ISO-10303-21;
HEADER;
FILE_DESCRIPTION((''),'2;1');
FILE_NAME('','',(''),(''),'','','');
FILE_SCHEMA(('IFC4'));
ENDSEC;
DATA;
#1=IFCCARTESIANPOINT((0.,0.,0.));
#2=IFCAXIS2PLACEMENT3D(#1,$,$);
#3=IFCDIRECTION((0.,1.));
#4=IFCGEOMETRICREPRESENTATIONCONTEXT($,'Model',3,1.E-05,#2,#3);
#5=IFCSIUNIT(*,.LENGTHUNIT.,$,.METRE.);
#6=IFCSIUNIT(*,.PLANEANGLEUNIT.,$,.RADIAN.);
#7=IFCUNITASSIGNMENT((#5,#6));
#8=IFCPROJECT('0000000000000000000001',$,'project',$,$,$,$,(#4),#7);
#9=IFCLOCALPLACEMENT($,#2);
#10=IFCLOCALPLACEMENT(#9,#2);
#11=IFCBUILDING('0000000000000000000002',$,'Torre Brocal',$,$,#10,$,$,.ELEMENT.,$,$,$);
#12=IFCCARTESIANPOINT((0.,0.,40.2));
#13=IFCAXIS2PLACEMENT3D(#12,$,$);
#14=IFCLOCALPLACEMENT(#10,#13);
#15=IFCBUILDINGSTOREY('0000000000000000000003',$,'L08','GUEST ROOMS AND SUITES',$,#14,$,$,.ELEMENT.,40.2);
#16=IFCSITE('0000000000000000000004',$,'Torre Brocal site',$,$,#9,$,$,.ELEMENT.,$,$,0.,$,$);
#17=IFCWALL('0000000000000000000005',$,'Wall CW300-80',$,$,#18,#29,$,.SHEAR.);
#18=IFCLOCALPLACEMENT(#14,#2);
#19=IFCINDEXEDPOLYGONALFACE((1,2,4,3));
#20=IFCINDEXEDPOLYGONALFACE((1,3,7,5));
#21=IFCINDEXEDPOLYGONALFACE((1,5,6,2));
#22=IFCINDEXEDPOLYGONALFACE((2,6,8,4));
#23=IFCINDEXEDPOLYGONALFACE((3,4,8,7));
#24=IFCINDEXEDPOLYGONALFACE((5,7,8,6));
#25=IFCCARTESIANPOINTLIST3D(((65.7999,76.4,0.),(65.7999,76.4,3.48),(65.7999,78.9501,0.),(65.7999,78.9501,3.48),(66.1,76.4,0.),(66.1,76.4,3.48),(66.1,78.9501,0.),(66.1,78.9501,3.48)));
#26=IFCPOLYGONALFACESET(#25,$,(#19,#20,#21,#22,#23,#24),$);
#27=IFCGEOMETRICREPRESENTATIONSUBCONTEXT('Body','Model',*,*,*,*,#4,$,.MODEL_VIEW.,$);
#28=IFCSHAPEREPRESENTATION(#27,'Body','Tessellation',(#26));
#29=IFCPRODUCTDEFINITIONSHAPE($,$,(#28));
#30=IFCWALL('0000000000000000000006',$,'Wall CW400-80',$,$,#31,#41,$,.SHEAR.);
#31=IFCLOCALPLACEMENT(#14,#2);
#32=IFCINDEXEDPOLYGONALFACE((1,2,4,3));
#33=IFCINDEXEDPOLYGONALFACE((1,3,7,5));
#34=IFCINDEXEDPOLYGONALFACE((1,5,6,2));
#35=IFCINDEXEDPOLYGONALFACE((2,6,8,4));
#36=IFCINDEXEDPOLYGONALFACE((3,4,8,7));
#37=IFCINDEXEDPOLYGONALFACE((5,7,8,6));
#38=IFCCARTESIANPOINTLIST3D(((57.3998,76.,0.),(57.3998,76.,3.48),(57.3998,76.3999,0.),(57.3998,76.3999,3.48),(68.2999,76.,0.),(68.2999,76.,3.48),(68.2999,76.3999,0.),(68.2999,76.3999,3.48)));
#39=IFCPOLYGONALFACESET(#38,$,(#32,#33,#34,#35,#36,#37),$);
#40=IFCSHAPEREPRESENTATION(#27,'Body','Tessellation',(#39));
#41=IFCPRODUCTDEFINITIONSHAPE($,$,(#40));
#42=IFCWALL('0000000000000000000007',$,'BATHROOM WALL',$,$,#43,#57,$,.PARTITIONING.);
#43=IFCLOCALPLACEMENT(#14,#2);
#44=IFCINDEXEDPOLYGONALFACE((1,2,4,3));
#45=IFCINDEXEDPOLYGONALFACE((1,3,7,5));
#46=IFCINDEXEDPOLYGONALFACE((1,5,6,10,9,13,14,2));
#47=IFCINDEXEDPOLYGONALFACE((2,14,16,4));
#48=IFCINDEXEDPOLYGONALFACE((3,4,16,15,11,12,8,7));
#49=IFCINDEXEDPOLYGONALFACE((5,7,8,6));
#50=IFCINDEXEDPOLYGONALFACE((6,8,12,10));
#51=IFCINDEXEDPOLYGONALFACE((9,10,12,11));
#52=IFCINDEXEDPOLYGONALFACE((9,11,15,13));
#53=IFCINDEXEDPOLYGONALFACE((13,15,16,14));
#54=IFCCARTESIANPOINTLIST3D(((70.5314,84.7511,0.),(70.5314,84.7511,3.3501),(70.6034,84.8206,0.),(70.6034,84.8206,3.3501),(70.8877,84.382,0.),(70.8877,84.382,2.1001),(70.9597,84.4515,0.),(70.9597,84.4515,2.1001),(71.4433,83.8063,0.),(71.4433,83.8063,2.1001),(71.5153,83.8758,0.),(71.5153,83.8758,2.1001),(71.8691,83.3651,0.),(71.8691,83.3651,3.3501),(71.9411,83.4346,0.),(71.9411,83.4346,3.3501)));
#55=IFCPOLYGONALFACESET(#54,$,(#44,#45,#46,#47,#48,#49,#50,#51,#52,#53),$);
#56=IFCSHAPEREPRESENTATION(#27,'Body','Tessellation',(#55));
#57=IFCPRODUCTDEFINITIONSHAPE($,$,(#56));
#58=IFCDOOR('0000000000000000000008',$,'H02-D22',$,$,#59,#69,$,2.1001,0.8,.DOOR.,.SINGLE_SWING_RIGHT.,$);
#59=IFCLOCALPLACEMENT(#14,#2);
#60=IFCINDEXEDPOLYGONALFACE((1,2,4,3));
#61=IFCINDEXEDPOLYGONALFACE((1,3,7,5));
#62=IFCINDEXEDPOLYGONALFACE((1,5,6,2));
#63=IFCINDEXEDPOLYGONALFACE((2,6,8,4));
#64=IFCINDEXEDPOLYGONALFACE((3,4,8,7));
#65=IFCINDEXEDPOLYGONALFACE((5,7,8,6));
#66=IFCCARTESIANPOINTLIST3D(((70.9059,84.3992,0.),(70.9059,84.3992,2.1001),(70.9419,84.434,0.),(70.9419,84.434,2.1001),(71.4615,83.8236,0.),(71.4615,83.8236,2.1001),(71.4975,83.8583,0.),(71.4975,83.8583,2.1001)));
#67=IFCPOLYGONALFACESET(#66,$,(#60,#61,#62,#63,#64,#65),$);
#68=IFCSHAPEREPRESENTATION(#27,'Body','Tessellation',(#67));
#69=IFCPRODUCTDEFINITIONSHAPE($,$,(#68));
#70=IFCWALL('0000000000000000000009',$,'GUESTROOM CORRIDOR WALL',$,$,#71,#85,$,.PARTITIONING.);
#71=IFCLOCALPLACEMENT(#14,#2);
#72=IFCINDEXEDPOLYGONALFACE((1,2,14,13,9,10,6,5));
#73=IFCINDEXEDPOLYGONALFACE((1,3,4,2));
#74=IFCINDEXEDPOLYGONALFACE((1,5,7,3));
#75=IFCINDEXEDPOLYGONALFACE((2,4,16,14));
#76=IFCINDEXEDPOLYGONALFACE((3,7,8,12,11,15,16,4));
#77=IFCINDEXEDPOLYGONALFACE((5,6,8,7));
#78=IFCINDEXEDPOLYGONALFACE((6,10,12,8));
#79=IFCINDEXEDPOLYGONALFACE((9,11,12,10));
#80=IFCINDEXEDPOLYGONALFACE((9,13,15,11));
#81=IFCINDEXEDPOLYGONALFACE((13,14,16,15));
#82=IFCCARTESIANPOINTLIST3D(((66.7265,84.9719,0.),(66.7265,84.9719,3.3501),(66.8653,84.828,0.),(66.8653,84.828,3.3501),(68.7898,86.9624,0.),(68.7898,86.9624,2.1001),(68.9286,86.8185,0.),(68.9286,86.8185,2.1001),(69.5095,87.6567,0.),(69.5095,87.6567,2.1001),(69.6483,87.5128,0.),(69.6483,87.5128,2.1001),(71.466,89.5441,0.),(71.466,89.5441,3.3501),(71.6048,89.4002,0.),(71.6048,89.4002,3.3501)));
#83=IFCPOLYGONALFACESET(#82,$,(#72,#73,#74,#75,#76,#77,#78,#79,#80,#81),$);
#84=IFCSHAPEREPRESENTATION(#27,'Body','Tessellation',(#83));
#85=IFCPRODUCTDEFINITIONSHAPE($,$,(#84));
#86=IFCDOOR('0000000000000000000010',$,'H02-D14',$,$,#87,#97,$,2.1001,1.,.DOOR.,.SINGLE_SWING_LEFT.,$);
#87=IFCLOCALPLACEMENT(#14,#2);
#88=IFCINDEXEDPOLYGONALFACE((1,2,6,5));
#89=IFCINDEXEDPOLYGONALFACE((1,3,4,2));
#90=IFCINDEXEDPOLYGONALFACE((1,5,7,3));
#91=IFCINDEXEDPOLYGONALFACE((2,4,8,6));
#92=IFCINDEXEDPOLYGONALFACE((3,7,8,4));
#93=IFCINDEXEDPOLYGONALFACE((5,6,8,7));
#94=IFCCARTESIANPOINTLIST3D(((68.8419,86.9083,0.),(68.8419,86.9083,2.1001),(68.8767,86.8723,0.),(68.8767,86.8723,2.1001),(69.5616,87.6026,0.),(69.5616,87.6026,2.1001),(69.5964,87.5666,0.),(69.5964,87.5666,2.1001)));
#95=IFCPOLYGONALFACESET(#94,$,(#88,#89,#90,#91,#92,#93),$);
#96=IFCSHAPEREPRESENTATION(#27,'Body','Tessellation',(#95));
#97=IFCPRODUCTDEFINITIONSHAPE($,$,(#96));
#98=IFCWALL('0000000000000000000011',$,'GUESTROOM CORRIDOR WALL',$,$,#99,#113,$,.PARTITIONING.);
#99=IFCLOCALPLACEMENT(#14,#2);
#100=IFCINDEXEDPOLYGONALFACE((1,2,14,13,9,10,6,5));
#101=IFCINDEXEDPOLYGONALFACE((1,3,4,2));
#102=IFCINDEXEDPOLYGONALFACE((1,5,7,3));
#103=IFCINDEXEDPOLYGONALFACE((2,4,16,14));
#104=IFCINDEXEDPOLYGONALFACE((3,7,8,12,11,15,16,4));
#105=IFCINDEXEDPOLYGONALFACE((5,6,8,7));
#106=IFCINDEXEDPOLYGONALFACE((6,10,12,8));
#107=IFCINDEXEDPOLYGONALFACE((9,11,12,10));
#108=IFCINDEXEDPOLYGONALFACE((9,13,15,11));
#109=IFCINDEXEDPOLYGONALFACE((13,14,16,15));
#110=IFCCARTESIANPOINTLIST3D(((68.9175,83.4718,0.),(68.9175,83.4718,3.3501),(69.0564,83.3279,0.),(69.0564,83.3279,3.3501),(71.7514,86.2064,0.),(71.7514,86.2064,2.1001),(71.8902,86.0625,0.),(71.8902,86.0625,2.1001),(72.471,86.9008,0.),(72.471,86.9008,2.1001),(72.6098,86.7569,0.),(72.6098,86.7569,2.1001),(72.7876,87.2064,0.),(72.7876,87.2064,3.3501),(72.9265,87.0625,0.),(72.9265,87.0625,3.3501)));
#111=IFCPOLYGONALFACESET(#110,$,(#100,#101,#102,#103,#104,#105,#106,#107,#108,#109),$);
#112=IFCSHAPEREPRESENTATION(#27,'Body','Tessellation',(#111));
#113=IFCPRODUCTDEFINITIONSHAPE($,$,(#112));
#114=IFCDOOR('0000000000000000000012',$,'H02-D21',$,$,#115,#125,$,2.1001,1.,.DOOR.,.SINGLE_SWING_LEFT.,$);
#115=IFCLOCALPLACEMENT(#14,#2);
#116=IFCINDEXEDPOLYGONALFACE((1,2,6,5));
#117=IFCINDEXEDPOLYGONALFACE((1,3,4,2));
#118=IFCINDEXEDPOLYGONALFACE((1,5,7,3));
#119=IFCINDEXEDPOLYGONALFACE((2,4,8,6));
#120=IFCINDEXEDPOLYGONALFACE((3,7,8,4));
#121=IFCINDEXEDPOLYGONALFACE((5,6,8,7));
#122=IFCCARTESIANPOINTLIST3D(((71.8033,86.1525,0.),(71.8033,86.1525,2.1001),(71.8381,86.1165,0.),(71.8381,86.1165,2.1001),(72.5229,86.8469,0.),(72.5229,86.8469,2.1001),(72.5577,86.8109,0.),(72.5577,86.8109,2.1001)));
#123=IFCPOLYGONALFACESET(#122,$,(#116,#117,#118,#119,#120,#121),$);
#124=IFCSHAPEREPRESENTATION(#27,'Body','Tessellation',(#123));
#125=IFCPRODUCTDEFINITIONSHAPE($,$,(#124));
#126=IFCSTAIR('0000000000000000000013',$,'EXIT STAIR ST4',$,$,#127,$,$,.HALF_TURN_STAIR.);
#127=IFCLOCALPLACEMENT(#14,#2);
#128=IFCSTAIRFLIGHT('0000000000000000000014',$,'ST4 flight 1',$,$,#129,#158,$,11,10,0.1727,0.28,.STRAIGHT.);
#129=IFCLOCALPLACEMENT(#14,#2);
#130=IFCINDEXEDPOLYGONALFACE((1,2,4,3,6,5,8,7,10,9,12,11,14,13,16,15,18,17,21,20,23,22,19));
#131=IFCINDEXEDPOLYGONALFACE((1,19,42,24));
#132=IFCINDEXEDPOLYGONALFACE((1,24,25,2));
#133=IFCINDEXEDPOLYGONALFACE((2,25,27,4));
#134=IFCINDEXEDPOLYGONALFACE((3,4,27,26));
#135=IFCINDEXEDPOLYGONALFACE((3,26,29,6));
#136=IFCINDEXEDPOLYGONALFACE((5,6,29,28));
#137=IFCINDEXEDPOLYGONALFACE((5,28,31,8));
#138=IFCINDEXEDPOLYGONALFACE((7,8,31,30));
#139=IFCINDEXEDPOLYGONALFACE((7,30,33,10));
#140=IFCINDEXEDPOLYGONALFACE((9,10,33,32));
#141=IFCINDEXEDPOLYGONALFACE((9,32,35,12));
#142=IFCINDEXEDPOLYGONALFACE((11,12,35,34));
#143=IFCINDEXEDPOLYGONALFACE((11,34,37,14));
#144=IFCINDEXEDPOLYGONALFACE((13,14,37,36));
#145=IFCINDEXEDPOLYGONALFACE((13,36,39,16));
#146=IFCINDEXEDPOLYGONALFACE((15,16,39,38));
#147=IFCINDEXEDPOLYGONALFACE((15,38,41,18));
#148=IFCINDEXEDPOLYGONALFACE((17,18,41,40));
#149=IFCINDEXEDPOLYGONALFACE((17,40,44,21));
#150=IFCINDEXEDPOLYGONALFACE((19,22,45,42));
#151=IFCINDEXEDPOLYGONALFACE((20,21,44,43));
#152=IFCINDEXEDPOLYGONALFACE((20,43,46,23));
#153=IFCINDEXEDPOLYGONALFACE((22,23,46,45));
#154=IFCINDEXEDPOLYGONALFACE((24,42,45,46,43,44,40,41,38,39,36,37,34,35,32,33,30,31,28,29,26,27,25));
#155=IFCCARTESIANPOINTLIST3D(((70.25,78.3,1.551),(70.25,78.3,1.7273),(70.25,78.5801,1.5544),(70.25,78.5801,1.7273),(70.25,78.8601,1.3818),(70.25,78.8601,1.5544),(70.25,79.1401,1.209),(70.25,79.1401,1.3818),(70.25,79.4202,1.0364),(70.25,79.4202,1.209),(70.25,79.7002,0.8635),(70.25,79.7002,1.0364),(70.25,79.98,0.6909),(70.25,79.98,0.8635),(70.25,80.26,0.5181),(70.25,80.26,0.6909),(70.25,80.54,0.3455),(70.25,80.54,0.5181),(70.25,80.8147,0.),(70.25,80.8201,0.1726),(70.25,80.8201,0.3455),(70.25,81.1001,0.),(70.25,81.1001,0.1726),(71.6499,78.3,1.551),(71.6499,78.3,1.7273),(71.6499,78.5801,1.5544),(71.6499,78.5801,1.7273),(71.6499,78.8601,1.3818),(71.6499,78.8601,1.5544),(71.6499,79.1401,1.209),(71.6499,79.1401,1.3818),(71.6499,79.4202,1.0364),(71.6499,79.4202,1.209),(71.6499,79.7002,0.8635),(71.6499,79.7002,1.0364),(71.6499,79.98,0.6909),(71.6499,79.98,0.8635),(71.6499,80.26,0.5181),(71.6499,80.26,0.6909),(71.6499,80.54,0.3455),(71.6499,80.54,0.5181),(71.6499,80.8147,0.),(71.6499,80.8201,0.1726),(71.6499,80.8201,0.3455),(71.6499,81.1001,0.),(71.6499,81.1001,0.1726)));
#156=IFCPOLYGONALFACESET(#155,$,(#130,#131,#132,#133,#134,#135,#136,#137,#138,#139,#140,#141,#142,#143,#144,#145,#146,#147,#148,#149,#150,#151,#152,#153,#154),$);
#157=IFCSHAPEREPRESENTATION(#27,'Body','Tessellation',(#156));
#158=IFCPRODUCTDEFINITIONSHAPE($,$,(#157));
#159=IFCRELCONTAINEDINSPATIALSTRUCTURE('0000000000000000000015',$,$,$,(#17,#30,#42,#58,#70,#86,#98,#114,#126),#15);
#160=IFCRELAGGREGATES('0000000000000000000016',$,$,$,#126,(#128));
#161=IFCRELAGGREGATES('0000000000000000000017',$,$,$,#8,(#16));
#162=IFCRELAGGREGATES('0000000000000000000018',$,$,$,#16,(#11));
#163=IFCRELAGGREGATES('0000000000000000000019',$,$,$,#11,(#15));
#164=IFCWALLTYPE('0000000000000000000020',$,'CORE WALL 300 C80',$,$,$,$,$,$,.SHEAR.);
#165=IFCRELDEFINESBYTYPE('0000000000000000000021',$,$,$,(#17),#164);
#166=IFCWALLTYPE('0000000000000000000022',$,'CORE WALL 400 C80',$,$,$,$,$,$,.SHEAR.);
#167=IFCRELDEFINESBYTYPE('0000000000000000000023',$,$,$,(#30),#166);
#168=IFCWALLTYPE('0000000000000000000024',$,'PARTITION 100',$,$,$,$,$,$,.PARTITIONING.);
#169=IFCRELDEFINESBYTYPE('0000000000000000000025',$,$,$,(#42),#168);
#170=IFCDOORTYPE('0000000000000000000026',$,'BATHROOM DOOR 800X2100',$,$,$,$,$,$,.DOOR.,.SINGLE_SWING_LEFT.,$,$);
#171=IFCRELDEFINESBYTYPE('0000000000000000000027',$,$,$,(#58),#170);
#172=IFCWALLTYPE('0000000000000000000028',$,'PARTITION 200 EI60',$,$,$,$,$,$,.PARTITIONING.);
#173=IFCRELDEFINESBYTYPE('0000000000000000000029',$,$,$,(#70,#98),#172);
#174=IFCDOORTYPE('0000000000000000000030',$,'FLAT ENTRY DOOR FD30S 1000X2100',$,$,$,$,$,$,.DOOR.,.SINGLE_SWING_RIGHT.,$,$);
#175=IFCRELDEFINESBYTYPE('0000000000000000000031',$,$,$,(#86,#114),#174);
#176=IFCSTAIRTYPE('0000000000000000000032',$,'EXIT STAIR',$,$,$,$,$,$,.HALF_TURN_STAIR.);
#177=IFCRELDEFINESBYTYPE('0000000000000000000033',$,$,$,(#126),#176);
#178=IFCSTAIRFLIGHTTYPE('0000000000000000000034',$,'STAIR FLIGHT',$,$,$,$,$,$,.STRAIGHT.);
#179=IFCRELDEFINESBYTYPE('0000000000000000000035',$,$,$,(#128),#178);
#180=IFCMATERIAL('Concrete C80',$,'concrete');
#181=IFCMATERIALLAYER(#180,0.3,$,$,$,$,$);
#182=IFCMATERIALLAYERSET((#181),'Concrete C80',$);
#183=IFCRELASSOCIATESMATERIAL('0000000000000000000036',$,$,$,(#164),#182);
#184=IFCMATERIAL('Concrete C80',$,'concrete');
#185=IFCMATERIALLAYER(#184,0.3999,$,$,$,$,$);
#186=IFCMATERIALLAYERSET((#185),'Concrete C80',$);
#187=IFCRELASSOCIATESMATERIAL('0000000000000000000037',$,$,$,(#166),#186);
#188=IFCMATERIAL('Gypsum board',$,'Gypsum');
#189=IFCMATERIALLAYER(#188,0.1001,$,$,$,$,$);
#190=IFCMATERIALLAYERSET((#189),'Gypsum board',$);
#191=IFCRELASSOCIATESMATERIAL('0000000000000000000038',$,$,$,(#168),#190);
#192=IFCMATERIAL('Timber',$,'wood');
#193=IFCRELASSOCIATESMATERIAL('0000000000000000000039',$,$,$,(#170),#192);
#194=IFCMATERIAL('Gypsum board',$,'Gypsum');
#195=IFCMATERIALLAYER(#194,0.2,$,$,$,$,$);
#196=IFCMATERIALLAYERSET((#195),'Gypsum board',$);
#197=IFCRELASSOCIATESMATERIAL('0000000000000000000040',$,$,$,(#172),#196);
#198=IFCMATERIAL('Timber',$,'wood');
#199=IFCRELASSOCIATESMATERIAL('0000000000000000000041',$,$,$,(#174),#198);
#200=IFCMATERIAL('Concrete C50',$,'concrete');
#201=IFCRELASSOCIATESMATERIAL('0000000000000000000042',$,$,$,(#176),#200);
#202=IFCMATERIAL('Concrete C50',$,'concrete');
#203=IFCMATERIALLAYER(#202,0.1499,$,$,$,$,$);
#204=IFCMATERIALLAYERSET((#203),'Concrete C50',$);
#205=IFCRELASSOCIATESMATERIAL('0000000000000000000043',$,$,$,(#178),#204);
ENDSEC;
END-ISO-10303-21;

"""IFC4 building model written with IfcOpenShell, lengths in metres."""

from ifc_helpers import new_model, si_unit, direction, frame, frame_2d, origin, place, context, subcontext, project, spatial, polyline, rectangle, outline, extrude, material, layer, layer_set, type_object, element, fill, aggregate, save


model = new_model("IFC4")

# Units and contexts
model_context = context("Model", 3, precision=1e-05, world=origin(), true_north=direction((0.0, 1.0)))
body_context = subcontext(model_context, "Body", "Model", "MODEL_VIEW")
ifc_project = project(units=[si_unit("LENGTHUNIT", "METRE"), si_unit("PLANEANGLEUNIT", "RADIAN")], contexts=[model_context])

# Site, building, storey
site_placement = place(None, origin())
site = spatial("IfcSite", under=ifc_project, at=site_placement, Name="Torre Brocal site", CompositionType="ELEMENT", RefElevation=0.0)
building_placement = place(site_placement, origin())
building = spatial("IfcBuilding", under=site, at=building_placement, Name="Torre Brocal", CompositionType="ELEMENT")
storey_placement = place(building_placement, frame((0.0, 0.0, 40.2)))
storey = spatial("IfcBuildingStorey", under=building, at=storey_placement, Name="L08", Description="GUEST ROOMS AND SUITES", CompositionType="ELEMENT", Elevation=40.2)

# Shared definitions
ifc_material_1 = material(Name="Concrete C80", Category="concrete")
ifc_layer_1 = layer(ifc_material_1, 0.3)
ifc_layer_set_1 = layer_set([ifc_layer_1], Name="Concrete C80")
wall_type_1 = type_object("IfcWallType", Name="CORE WALL 300 C80", PredefinedType="SHEAR", material=ifc_layer_set_1)

# Walls
wall_1_placement = place(storey_placement, frame((65.95, 78.95, 0.0), z_axis=(0.0, 0.0, 1.0), x_axis=(0.0, -1.0, 0.0)))
element("IfcWall", 1, at=wall_1_placement, inside=storey, type_object=wall_type_1, Name="Wall CW300-80", PredefinedType="SHEAR", context=body_context, shape_type="SweptSolid", body=[
    extrude(rectangle(XDim=2.55, YDim=0.3, at=frame_2d((1.2749, 0.0))), origin(), (0.0, 0.0, 1.0), 3.48),
])
ifc_material_2 = material(Name="Concrete C80", Category="concrete")
ifc_layer_2 = layer(ifc_material_2, 0.3999)
ifc_layer_set_2 = layer_set([ifc_layer_2], Name="Concrete C80")
wall_type_2 = type_object("IfcWallType", Name="CORE WALL 400 C80", PredefinedType="SHEAR", material=ifc_layer_set_2)
wall_2_placement = place(storey_placement, frame((68.3, 76.2, 0.0), z_axis=(0.0, 0.0, 1.0), x_axis=(-1.0, 0.0, 0.0)))
element("IfcWall", 2, at=wall_2_placement, inside=storey, type_object=wall_type_2, Name="Wall CW400-80", PredefinedType="SHEAR", context=body_context, shape_type="SweptSolid", body=[
    extrude(rectangle(XDim=10.9001, YDim=0.3999, at=frame_2d((5.4502, 0.0))), origin(), (0.0, 0.0, 1.0), 3.48),
])

# Walls, openings, doors
ifc_material_3 = material(Name="Gypsum board", Category="Gypsum")
ifc_layer_3 = layer(ifc_material_3, 0.1001)
ifc_layer_set_3 = layer_set([ifc_layer_3], Name="Gypsum board")
wall_type_3 = type_object("IfcWallType", Name="PARTITION 100", PredefinedType="PARTITIONING", material=ifc_layer_set_3)
wall_3_placement = place(storey_placement, frame((70.5674, 84.7859, 0.0), z_axis=(0.0, 0.0, 1.0), x_axis=(0.694447, -0.719543, 0.0)))
wall_3 = element("IfcWall", 3, at=wall_3_placement, inside=storey, type_object=wall_type_3, Name="BATHROOM WALL", PredefinedType="PARTITIONING", context=body_context, shape_type="SweptSolid", body=[
    extrude(rectangle(XDim=1.9263, YDim=0.1001, at=frame_2d((0.9631, 0.0))), origin(), (0.0, 0.0, 1.0), 3.3501),
])
opening_1_placement = place(wall_3_placement, frame((0.5132, 0.0, 0.0)))
opening_1 = element("IfcOpeningElement", 4, at=opening_1_placement, cuts=wall_3, PredefinedType="OPENING", context=body_context, shape_type="SweptSolid", body=[
    extrude(rectangle(XDim=0.8, YDim=2.1001, at=frame_2d((0.3999, 1.05))), frame((0.0, 0.0601, 0.0), z_axis=(0.0, -1.0, 0.0), x_axis=(1.0, 0.0, 0.0)), (0.0, 0.0, 1.0), 0.1201),
])
ifc_material_4 = material(Name="Timber", Category="wood")
door_type_1 = type_object("IfcDoorType", Name="BATHROOM DOOR 800X2100", OperationType="SINGLE_SWING_LEFT", PredefinedType="DOOR", material=ifc_material_4)
door_1_placement = place(opening_1_placement, frame((0.8, 0.0, 0.0), z_axis=(0.0, 0.0, 1.0), x_axis=(-1.0, 0.0, 0.0)))
door_1 = element("IfcDoor", 5, at=door_1_placement, inside=storey, type_object=door_type_1, Name="H02-D22", OperationType="SINGLE_SWING_RIGHT", OverallHeight=2.1001, OverallWidth=0.8, PredefinedType="DOOR", context=body_context, shape_type="SweptSolid", body=[
    extrude(rectangle(XDim=0.8, YDim=2.1001, at=frame_2d((0.3999, 1.05))), frame((0.0, 0.0249, 0.0), z_axis=(0.0, -1.0, 0.0), x_axis=(1.0, 0.0, 0.0)), (0.0, 0.0, 1.0), 0.05),
])
fill(opening_1, door_1)
ifc_material_5 = material(Name="Gypsum board", Category="Gypsum")
ifc_layer_4 = layer(ifc_material_5, 0.2)
ifc_layer_set_4 = layer_set([ifc_layer_4], Name="Gypsum board")
wall_type_4 = type_object("IfcWallType", Name="PARTITION 200 EI60", PredefinedType="PARTITIONING", material=ifc_layer_set_4)
wall_4_placement = place(storey_placement, frame((66.7959, 84.8999, 0.0), z_axis=(0.0, 0.0, 1.0), x_axis=(0.71969, 0.694295, 0.0)))
wall_4 = element("IfcWall", 6, at=wall_4_placement, inside=storey, type_object=wall_type_4, Name="GUESTROOM CORRIDOR WALL", PredefinedType="PARTITIONING", context=body_context, shape_type="SweptSolid", body=[
    extrude(rectangle(XDim=6.5854, YDim=0.2, at=frame_2d((3.2927, 0.0))), origin(), (0.0, 0.0, 1.0), 3.3501),
])
opening_2_placement = place(wall_4_placement, frame((2.8669, 0.0, 0.0)))
opening_2 = element("IfcOpeningElement", 7, at=opening_2_placement, cuts=wall_4, PredefinedType="OPENING", context=body_context, shape_type="SweptSolid", body=[
    extrude(rectangle(XDim=1.0, YDim=2.1001, at=frame_2d((0.5, 1.05))), frame((0.0, 0.1099, 0.0), z_axis=(0.0, -1.0, 0.0), x_axis=(1.0, 0.0, 0.0)), (0.0, 0.0, 1.0), 0.22),
])
ifc_material_6 = material(Name="Timber", Category="wood")
door_type_2 = type_object("IfcDoorType", Name="FLAT ENTRY DOOR FD30S 1000X2100", OperationType="SINGLE_SWING_RIGHT", PredefinedType="DOOR", material=ifc_material_6)
door_2_placement = place(opening_2_placement, origin())
door_2 = element("IfcDoor", 8, at=door_2_placement, inside=storey, type_object=door_type_2, Name="H02-D14", OperationType="SINGLE_SWING_LEFT", OverallHeight=2.1001, OverallWidth=1.0, PredefinedType="DOOR", context=body_context, shape_type="SweptSolid", body=[
    extrude(rectangle(XDim=1.0, YDim=2.1001, at=frame_2d((0.5, 1.05))), frame((0.0, 0.0249, 0.0), z_axis=(0.0, -1.0, 0.0), x_axis=(1.0, 0.0, 0.0)), (0.0, 0.0, 1.0), 0.05),
])
fill(opening_2, door_2)
wall_5_placement = place(storey_placement, frame((68.9871, 83.3999, 0.0), z_axis=(0.0, 0.0, 1.0), x_axis=(0.719592, 0.694398, 0.0)))
wall_5 = element("IfcWall", 9, at=wall_5_placement, inside=storey, type_object=wall_type_4, Name="GUESTROOM CORRIDOR WALL", PredefinedType="PARTITIONING", context=body_context, shape_type="SweptSolid", body=[
    extrude(rectangle(XDim=5.3782, YDim=0.2, at=frame_2d((2.689, 0.0))), origin(), (0.0, 0.0, 1.0), 3.3501),
])
opening_3_placement = place(wall_5_placement, frame((3.938, 0.0, 0.0)))
opening_3 = element("IfcOpeningElement", 10, at=opening_3_placement, cuts=wall_5, PredefinedType="OPENING", context=body_context, shape_type="SweptSolid", body=[
    extrude(rectangle(XDim=1.0, YDim=2.1001, at=frame_2d((0.5, 1.05))), frame((0.0, 0.1099, 0.0), z_axis=(0.0, -1.0, 0.0), x_axis=(1.0, 0.0, 0.0)), (0.0, 0.0, 1.0), 0.22),
])
door_3_placement = place(opening_3_placement, frame((1.0, 0.0, 0.0), z_axis=(0.0, 0.0, 1.0), x_axis=(-1.0, 0.0, 0.0)))
door_3 = element("IfcDoor", 11, at=door_3_placement, inside=storey, type_object=door_type_2, Name="H02-D21", OperationType="SINGLE_SWING_LEFT", OverallHeight=2.1001, OverallWidth=1.0, PredefinedType="DOOR", context=body_context, shape_type="SweptSolid", body=[
    extrude(rectangle(XDim=1.0, YDim=2.1001, at=frame_2d((0.5, 1.05))), frame((0.0, 0.0249, 0.0), z_axis=(0.0, -1.0, 0.0), x_axis=(1.0, 0.0, 0.0)), (0.0, 0.0, 1.0), 0.05),
])
fill(opening_3, door_3)

# Stair, stair flight
ifc_material_7 = material(Name="Concrete C50", Category="concrete")
stair_type = type_object("IfcStairType", Name="EXIT STAIR", PredefinedType="HALF_TURN_STAIR", material=ifc_material_7)
stair_placement = place(storey_placement, origin())
stair = element("IfcStair", 12, at=stair_placement, inside=storey, type_object=stair_type, Name="EXIT STAIR ST4", PredefinedType="HALF_TURN_STAIR")
ifc_material_8 = material(Name="Concrete C50", Category="concrete")
ifc_layer_5 = layer(ifc_material_8, 0.1499)
ifc_layer_set_5 = layer_set([ifc_layer_5], Name="Concrete C50")
stair_flight_type = type_object("IfcStairFlightType", Name="STAIR FLIGHT", PredefinedType="STRAIGHT", material=ifc_layer_set_5)
stair_flight_1_placement = place(storey_placement, frame((70.95, 81.1001, 0.0), z_axis=(0.0, 0.0, 1.0), x_axis=(0.0, -1.0, 0.0)))
stair_flight_1 = element("IfcStairFlight", 13, at=stair_flight_1_placement, type_object=stair_flight_type, Name="ST4 flight 1", NumberOfRisers=11, NumberOfTreads=10, PredefinedType="STRAIGHT", RiserHeight=0.1727, TreadLength=0.28, context=body_context, shape_type="SweptSolid", body=[
    extrude(outline(polyline([(0.0, 0.0), (0.0, 0.1726), (0.28, 0.1726), (0.28, 0.3455), (0.5601, 0.3455), (0.5601, 0.5181), (0.8401, 0.5181), (0.8401, 0.6909), (1.1201, 0.6909), (1.1201, 0.8635), (1.3999, 0.8635), (1.3999, 1.0364), (1.6799, 1.0364), (1.6799, 1.209), (1.96, 1.209), (1.96, 1.3818), (2.24, 1.3818), (2.24, 1.5544), (2.52, 1.5544), (2.52, 1.7273), (2.8, 1.7273), (2.8, 1.8999), (2.8, 1.551), (0.2854, 0.0), (0.0, 0.0)])), frame((0.0, 0.7, 0.0), z_axis=(0.0, -1.0, 0.0), x_axis=(1.0, 0.0, 0.0)), (0.0, 0.0, 1.0), 1.3999),
])
aggregate(stair, [stair_flight_1])

save(model, "model.ifc")
